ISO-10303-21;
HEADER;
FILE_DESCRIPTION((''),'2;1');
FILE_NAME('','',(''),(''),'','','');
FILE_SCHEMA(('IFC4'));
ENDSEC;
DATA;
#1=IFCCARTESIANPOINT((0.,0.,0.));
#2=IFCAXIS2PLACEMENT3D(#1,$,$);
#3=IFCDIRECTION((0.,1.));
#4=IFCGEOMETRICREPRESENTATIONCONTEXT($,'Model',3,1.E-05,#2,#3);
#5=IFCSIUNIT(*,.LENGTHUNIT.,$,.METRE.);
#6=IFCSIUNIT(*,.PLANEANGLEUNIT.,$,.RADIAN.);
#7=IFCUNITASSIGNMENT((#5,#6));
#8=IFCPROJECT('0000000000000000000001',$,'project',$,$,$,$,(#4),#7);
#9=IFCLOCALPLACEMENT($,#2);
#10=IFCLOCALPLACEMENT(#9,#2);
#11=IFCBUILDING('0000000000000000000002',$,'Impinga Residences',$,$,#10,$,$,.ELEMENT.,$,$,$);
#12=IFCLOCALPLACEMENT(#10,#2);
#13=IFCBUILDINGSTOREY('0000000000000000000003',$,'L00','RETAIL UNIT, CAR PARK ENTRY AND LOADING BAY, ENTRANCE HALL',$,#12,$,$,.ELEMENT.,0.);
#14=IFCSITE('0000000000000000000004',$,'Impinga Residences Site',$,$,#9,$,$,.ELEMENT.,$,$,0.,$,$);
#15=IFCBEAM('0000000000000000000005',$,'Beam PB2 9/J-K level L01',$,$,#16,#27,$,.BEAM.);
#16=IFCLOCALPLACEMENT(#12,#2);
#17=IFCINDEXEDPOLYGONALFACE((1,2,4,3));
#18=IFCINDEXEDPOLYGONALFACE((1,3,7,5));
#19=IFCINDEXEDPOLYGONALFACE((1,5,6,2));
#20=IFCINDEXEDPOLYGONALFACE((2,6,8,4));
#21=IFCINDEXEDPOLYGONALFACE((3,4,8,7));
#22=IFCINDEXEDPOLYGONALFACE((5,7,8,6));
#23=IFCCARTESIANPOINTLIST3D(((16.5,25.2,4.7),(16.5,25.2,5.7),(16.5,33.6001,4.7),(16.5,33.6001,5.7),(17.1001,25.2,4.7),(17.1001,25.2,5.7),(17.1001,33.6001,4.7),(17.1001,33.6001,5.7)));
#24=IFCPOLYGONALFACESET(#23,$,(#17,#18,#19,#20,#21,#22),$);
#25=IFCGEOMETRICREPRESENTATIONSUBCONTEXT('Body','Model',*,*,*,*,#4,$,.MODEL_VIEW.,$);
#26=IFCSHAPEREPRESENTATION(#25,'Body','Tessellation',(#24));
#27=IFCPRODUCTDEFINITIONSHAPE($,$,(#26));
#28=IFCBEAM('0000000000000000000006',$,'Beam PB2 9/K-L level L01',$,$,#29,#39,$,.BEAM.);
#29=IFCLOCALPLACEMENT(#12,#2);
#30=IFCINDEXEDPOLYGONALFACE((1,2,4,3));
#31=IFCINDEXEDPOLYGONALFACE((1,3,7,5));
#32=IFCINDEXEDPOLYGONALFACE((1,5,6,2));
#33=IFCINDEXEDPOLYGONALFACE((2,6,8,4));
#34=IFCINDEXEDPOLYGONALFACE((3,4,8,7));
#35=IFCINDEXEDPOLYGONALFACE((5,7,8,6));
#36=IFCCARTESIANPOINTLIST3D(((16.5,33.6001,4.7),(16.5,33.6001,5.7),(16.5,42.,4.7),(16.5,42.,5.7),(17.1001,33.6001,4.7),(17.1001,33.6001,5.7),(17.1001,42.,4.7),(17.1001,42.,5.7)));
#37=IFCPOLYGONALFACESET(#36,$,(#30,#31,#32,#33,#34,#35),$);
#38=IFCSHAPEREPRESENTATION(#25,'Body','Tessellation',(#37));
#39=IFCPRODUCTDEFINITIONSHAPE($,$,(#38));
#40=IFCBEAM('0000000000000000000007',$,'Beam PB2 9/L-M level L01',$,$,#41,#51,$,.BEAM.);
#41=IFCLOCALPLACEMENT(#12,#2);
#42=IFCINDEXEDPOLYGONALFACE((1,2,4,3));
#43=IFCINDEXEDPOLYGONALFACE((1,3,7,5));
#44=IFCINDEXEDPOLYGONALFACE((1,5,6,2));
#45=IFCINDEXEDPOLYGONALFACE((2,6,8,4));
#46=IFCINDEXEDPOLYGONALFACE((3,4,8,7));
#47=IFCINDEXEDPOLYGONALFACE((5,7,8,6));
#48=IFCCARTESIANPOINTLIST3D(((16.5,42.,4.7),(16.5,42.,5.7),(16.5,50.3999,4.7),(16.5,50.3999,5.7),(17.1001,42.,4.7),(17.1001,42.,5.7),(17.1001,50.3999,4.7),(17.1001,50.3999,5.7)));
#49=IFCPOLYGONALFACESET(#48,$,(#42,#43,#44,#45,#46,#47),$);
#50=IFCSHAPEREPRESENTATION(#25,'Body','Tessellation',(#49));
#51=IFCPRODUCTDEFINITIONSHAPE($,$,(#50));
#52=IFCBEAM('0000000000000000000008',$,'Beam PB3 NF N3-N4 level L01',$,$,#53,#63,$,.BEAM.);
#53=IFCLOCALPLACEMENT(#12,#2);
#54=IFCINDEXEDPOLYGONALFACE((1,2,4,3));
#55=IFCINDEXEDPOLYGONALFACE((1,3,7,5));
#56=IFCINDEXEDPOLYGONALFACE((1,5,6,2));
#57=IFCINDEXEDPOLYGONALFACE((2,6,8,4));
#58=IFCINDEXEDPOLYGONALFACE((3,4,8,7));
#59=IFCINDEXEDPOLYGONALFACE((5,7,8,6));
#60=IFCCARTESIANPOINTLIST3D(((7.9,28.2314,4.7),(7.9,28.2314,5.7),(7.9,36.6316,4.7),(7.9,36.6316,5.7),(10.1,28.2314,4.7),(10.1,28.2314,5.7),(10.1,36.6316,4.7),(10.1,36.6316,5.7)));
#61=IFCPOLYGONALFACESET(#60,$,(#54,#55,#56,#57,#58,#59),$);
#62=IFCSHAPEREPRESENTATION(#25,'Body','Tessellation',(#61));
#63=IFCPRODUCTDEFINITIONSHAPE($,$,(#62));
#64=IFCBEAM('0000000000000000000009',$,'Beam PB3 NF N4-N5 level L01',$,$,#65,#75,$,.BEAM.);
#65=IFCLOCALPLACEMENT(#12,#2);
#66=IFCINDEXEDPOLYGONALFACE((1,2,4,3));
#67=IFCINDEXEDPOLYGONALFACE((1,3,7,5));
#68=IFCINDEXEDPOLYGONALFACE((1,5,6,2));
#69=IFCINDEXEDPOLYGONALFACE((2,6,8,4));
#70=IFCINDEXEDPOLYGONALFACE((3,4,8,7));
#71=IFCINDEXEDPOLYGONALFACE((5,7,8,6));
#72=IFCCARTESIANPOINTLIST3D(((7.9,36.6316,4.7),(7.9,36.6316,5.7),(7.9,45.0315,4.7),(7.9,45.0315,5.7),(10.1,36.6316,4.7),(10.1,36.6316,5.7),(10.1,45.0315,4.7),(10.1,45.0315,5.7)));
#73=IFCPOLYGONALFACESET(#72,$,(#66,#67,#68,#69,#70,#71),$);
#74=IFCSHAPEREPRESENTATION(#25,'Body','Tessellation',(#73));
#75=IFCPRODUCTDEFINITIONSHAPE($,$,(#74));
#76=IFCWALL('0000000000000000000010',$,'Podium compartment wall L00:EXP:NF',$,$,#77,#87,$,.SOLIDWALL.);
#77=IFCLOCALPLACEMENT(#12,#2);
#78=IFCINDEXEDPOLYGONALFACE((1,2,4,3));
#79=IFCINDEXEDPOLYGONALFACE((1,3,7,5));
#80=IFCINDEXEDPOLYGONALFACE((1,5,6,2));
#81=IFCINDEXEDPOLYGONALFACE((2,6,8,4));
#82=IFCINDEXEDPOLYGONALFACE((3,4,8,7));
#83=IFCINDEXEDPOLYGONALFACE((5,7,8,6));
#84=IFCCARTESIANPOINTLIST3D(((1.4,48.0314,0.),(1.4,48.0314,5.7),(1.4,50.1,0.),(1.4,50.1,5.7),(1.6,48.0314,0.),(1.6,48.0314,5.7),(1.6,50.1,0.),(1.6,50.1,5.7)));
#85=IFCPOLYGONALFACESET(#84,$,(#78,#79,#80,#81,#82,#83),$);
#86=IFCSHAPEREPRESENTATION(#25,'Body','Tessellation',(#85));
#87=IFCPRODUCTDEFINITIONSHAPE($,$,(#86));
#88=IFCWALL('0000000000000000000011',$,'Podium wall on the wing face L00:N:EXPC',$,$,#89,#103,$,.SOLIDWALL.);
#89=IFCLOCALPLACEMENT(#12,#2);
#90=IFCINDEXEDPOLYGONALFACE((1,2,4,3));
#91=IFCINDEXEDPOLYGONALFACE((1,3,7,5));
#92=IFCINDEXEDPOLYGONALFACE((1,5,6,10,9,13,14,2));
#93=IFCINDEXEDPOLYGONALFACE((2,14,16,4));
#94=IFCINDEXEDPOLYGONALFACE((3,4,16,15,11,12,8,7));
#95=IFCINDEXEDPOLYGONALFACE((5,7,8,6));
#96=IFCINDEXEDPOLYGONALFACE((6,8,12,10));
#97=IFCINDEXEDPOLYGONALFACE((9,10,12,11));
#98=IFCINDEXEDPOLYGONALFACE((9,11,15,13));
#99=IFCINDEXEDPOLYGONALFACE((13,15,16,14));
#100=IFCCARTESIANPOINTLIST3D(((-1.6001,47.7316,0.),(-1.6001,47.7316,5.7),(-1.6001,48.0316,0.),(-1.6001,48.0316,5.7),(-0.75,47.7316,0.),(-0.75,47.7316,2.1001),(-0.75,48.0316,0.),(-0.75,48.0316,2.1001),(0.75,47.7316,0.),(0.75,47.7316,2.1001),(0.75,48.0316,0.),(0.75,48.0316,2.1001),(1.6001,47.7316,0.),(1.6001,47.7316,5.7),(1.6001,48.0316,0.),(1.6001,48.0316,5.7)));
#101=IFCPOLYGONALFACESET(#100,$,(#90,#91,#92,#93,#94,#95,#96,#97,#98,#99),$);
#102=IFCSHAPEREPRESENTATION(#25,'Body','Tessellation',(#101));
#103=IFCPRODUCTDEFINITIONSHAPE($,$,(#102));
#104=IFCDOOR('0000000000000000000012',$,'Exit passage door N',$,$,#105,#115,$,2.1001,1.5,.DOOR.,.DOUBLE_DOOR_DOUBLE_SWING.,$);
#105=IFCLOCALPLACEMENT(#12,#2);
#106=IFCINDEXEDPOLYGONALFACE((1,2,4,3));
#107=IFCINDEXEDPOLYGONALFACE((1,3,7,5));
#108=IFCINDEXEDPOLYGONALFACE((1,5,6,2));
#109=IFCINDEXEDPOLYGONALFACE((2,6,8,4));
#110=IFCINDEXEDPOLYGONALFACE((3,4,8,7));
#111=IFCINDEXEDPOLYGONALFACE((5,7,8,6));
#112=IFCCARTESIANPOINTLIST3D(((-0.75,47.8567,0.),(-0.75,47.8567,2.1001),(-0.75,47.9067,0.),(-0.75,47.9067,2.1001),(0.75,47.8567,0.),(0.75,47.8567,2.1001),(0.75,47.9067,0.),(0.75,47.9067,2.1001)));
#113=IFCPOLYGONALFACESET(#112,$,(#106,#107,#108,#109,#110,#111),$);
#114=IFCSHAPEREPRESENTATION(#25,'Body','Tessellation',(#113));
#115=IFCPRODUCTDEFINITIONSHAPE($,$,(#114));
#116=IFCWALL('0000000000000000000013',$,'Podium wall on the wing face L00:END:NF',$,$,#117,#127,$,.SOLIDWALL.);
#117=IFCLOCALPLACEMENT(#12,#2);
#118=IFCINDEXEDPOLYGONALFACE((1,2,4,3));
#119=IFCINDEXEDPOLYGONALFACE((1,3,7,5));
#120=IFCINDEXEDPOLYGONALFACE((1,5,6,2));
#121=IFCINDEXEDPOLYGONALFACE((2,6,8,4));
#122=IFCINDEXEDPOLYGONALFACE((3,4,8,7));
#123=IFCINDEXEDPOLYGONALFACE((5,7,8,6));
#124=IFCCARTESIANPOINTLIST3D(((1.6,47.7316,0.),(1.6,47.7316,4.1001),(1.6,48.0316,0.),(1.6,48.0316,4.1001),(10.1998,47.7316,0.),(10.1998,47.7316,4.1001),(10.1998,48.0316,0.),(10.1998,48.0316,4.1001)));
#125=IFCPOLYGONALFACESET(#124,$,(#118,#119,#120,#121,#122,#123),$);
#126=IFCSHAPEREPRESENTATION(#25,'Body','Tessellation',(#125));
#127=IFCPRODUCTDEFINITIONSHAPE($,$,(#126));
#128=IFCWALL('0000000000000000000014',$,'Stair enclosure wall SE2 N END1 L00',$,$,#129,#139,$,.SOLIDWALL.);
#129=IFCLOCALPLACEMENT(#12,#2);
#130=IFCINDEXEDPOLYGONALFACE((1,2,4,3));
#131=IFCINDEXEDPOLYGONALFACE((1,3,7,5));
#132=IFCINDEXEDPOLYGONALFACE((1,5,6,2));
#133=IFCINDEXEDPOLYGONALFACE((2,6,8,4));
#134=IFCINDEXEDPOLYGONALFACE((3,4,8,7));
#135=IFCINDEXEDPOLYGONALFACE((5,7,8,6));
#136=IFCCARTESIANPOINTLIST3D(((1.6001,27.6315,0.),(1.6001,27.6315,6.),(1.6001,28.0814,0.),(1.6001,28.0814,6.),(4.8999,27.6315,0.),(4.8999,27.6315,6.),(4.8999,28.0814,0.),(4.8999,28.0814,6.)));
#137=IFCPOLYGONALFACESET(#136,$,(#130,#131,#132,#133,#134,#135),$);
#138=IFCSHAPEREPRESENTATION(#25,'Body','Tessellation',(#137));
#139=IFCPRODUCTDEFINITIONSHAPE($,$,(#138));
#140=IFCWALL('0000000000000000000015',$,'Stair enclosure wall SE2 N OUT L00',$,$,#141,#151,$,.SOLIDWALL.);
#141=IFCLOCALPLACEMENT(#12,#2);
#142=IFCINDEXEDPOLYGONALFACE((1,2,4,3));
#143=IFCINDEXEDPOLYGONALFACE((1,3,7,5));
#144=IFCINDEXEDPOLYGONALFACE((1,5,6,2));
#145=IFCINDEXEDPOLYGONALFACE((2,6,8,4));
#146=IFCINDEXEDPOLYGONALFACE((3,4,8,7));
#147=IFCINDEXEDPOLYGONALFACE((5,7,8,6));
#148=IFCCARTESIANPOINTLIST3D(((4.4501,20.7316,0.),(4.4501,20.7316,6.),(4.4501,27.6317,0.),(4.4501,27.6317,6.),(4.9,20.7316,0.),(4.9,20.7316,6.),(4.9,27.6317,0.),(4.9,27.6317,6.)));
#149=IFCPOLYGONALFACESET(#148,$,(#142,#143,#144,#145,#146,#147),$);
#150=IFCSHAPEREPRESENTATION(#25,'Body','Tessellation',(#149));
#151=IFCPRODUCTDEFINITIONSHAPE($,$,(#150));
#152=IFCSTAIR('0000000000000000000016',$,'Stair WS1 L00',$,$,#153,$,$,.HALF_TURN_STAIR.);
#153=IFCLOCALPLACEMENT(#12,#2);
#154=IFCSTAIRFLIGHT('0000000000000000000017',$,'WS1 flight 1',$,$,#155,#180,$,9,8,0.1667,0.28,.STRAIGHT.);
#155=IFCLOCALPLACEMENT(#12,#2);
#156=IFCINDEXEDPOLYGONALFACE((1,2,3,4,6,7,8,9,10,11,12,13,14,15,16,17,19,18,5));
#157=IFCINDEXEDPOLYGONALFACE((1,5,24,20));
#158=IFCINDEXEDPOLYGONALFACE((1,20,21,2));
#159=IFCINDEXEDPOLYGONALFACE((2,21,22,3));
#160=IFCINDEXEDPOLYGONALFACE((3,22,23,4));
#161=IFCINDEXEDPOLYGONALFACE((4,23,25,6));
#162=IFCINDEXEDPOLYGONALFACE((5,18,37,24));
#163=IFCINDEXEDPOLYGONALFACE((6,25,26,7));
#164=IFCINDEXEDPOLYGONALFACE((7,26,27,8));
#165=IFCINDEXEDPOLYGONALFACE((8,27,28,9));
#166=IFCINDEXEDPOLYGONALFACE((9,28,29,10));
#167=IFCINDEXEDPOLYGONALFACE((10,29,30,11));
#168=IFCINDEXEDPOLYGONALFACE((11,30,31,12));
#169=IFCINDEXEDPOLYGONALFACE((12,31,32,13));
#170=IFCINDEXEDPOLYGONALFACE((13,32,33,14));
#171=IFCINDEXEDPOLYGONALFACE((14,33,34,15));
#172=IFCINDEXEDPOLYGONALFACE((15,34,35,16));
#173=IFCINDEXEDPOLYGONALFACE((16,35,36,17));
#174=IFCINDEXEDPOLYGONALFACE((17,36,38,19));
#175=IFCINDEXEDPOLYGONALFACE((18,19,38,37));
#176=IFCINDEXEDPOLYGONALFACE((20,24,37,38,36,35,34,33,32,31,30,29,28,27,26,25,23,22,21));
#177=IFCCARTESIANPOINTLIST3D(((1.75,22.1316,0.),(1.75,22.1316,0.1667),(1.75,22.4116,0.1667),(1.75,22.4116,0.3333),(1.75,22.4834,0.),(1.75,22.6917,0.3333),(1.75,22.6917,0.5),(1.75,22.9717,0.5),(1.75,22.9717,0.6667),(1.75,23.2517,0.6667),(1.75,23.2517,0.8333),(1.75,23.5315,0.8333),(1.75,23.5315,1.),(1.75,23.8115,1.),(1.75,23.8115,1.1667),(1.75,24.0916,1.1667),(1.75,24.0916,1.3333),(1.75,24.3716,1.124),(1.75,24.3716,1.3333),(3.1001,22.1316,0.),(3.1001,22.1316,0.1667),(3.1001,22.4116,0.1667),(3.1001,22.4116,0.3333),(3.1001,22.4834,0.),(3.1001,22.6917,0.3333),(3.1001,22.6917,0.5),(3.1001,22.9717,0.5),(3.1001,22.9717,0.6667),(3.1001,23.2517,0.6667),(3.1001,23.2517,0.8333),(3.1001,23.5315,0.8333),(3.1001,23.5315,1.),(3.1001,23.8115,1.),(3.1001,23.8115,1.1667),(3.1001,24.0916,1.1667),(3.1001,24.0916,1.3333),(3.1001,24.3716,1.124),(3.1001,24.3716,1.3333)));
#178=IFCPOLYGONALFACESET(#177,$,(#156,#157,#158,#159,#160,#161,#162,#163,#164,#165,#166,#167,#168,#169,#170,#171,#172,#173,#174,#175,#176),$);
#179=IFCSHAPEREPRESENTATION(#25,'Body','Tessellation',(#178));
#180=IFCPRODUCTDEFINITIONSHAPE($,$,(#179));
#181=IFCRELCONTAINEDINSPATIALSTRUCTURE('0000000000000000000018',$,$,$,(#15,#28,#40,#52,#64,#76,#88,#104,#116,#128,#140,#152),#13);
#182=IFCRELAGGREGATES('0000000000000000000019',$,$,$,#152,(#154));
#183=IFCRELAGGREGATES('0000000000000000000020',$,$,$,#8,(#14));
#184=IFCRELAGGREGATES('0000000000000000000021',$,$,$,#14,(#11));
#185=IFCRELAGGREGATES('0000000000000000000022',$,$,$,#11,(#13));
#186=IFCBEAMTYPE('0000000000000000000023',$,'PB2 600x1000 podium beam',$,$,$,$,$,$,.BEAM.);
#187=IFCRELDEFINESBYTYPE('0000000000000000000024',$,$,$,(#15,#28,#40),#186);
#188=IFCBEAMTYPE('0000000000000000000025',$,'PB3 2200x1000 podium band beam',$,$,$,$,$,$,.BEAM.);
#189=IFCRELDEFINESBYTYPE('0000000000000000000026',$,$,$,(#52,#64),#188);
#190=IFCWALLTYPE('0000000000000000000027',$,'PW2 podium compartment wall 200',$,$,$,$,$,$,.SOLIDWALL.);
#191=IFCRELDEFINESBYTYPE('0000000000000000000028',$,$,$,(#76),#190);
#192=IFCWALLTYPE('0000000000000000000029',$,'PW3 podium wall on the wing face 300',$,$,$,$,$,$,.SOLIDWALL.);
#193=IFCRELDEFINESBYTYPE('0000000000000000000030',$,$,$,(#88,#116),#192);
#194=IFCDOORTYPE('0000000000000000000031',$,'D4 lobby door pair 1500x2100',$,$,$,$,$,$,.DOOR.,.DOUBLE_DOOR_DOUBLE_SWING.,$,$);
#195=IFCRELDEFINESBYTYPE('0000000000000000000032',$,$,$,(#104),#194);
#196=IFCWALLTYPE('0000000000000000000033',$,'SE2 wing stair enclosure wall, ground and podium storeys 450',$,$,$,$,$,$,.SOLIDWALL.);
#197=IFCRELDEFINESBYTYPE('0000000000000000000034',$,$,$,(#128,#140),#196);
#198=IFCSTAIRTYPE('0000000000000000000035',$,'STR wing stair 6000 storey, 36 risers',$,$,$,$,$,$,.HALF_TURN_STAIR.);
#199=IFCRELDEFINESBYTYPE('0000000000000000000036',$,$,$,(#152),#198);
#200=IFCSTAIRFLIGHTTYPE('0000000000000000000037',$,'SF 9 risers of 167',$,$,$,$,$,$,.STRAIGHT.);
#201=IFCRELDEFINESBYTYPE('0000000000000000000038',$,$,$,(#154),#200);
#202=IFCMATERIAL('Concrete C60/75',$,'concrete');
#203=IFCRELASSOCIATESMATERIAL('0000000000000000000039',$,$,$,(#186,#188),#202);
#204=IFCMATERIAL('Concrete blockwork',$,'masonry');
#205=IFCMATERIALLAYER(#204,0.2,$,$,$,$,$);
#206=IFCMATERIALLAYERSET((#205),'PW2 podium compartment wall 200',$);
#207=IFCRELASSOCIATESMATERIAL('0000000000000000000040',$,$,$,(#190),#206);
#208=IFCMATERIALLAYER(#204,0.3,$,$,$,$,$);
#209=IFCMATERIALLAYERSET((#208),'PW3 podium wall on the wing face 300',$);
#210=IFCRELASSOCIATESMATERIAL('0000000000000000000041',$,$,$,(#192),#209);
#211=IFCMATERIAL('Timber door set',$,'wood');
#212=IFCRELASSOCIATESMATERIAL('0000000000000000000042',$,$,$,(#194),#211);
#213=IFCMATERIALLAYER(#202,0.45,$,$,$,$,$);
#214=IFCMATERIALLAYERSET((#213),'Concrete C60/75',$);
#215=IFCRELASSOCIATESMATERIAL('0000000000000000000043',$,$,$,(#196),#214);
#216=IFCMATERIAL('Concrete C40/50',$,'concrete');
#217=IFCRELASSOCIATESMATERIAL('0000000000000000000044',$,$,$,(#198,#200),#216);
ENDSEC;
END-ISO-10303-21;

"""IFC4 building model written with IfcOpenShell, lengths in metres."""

from ifc_helpers import new_model, si_unit, direction, frame, frame_2d, origin, origin_2d, place, context, subcontext, project, spatial, polyline, rectangle, outline, extrude, material, layer, layer_set, material_profile, profile_set, type_object, element, fill, aggregate, save


model = new_model("IFC4")

# Units and contexts
model_context = context("Model", 3, precision=1e-05, world=origin(), true_north=direction((0.0, 1.0)))
body_context = subcontext(model_context, "Body", "Model", "MODEL_VIEW")
ifc_project = project(units=[si_unit("LENGTHUNIT", "METRE"), si_unit("PLANEANGLEUNIT", "RADIAN")], contexts=[model_context])

# Site, building, storey
site_placement = place(None, origin())
site = spatial("IfcSite", under=ifc_project, at=site_placement, Name="Impinga Residences Site", CompositionType="ELEMENT", RefElevation=0.0)
building_placement = place(site_placement, origin())
building = spatial("IfcBuilding", under=site, at=building_placement, Name="Impinga Residences", CompositionType="ELEMENT")
storey_placement = place(building_placement, origin())
storey = spatial("IfcBuildingStorey", under=building, at=storey_placement, Name="L00", Description="RETAIL UNIT, CAR PARK ENTRY AND LOADING BAY, ENTRANCE HALL", CompositionType="ELEMENT", Elevation=0.0)

# Beams
ifc_material_1 = material(Name="Concrete C60/75", Category="concrete")
ifc_material_profile_1 = material_profile(ifc_material_1, rectangle(XDim=0.6001, YDim=1.0, at=origin_2d()), Name="RC 600x1000")
ifc_profile_set_1 = profile_set([ifc_material_profile_1], Name="Concrete C60/75")
beam_type_1 = type_object("IfcBeamType", Name="PB2 600x1000 podium beam", PredefinedType="BEAM", material=ifc_profile_set_1)
beam_1_placement = place(storey_placement, frame((16.8, 25.2, 5.2), z_axis=(0.0, 1.0, 0.0), x_axis=(-1.0, 0.0, 0.0)))
element("IfcBeam", 1, at=beam_1_placement, inside=storey, type_object=beam_type_1, Name="Beam PB2 9/J-K level L01", PredefinedType="BEAM", context=body_context, shape_type="SweptSolid", body=[
    extrude(rectangle(XDim=0.6001, YDim=1.0, at=origin_2d()), origin(), (0.0, 0.0, 1.0), 8.4001),
])
for number, where, z_axis, x_axis, name in (
    (2, (16.8, 33.6001, 5.2), (0.0, 1.0, 0.0), (-1.0, 0.0, 0.0), "Beam PB2 9/K-L level L01"),
    (3, (16.8, 42.0, 5.2), (0.0, 1.0, 0.0), (-1.0, 0.0, 0.0), "Beam PB2 9/L-M level L01"),
):
    element("IfcBeam", number, at=place(storey_placement, frame(where, z_axis=z_axis, x_axis=x_axis)), inside=storey, type_object=beam_type_1, Name=name, PredefinedType="BEAM", context=body_context, shape_type="SweptSolid", body=[
        extrude(rectangle(XDim=0.6001, YDim=1.0, at=origin_2d()), origin(), (0.0, 0.0, 1.0), 8.3999),
    ])
ifc_material_profile_2 = material_profile(ifc_material_1, rectangle(XDim=2.2, YDim=1.0, at=origin_2d()), Name="RC 2200x1000")
ifc_profile_set_2 = profile_set([ifc_material_profile_2], Name="Concrete C60/75")
beam_type_2 = type_object("IfcBeamType", Name="PB3 2200x1000 podium band beam", PredefinedType="BEAM", material=ifc_profile_set_2)
beam_2_placement = place(storey_placement, frame((9.0, 28.2314, 5.2), z_axis=(0.0, 1.0, 0.0), x_axis=(-1.0, 0.0, 0.0)))
element("IfcBeam", 4, at=beam_2_placement, inside=storey, type_object=beam_type_2, Name="Beam PB3 NF N3-N4 level L01", PredefinedType="BEAM", context=body_context, shape_type="SweptSolid", body=[
    extrude(rectangle(XDim=2.2, YDim=1.0, at=origin_2d()), origin(), (0.0, 0.0, 1.0), 8.4001),
])
beam_3_placement = place(storey_placement, frame((9.0, 36.6316, 5.2), z_axis=(0.0, 1.0, 0.0), x_axis=(-1.0, 0.0, 0.0)))
element("IfcBeam", 5, at=beam_3_placement, inside=storey, type_object=beam_type_2, Name="Beam PB3 NF N4-N5 level L01", PredefinedType="BEAM", context=body_context, shape_type="SweptSolid", body=[
    extrude(rectangle(XDim=2.2, YDim=1.0, at=origin_2d()), origin(), (0.0, 0.0, 1.0), 8.3999),
])

# Wall
ifc_material_2 = material(Name="Concrete blockwork", Category="masonry")
ifc_layer_1 = layer(ifc_material_2, 0.2)
ifc_layer_set_1 = layer_set([ifc_layer_1], Name="PW2 podium compartment wall 200")
wall_type_1 = type_object("IfcWallType", Name="PW2 podium compartment wall 200", PredefinedType="SOLIDWALL", material=ifc_layer_set_1)
wall_1_placement = place(storey_placement, frame((1.5, 48.0315, 0.0), z_axis=(0.0, 0.0, 1.0), x_axis=(0.0, 1.0, 0.0)))
element("IfcWall", 6, at=wall_1_placement, inside=storey, type_object=wall_type_1, Name="Podium compartment wall L00:EXP:NF", PredefinedType="SOLIDWALL", context=body_context, shape_type="SweptSolid", body=[
    extrude(rectangle(XDim=2.0686, YDim=0.2, at=frame_2d((1.0342, 0.0))), origin(), (0.0, 0.0, 1.0), 5.7),
])

# Wall, opening, door
ifc_layer_2 = layer(ifc_material_2, 0.3)
ifc_layer_set_2 = layer_set([ifc_layer_2], Name="PW3 podium wall on the wing face 300")
wall_type_2 = type_object("IfcWallType", Name="PW3 podium wall on the wing face 300", PredefinedType="SOLIDWALL", material=ifc_layer_set_2)
wall_2_placement = place(storey_placement, frame((1.6001, 47.8816, 0.0), z_axis=(0.0, 0.0, 1.0), x_axis=(-1.0, 0.0, 0.0)))
wall_2 = element("IfcWall", 7, at=wall_2_placement, inside=storey, type_object=wall_type_2, Name="Podium wall on the wing face L00:N:EXPC", PredefinedType="SOLIDWALL", context=body_context, shape_type="SweptSolid", body=[
    extrude(rectangle(XDim=3.2002, YDim=0.3, at=frame_2d((1.6001, 0.0))), origin(), (0.0, 0.0, 1.0), 5.7),
])
opening_placement = place(wall_2_placement, frame((0.8501, 0.0, 0.0)))
opening = element("IfcOpeningElement", 8, at=opening_placement, cuts=wall_2, PredefinedType="OPENING", context=body_context, shape_type="SweptSolid", body=[
    extrude(rectangle(XDim=1.5, YDim=2.1001, at=frame_2d((0.75, 1.05))), frame((0.0, 0.1599, 0.0), z_axis=(0.0, -1.0, 0.0), x_axis=(1.0, 0.0, 0.0)), (0.0, 0.0, 1.0), 0.3201),
])
ifc_material_3 = material(Name="Timber door set", Category="wood")
door_type = type_object("IfcDoorType", Name="D4 lobby door pair 1500x2100", OperationType="DOUBLE_DOOR_DOUBLE_SWING", PredefinedType="DOOR", material=ifc_material_3)
door_placement = place(opening_placement, origin())
door = element("IfcDoor", 9, at=door_placement, inside=storey, type_object=door_type, Name="Exit passage door N", OperationType="DOUBLE_DOOR_DOUBLE_SWING", OverallHeight=2.1001, OverallWidth=1.5, PredefinedType="DOOR", context=body_context, shape_type="SweptSolid", body=[
    extrude(rectangle(XDim=1.5, YDim=2.1001, at=frame_2d((0.75, 1.05))), frame((0.0, 0.0249, 0.0), z_axis=(0.0, -1.0, 0.0), x_axis=(1.0, 0.0, 0.0)), (0.0, 0.0, 1.0), 0.05),
])
fill(opening, door)

# Walls
wall_3_placement = place(storey_placement, frame((1.6001, 47.8816, 0.0), z_axis=(0.0, 0.0, 1.0), x_axis=(1.0, 0.0, 0.0)))
element("IfcWall", 10, at=wall_3_placement, inside=storey, type_object=wall_type_2, Name="Podium wall on the wing face L00:END:NF", PredefinedType="SOLIDWALL", context=body_context, shape_type="SweptSolid", body=[
    extrude(rectangle(XDim=8.5999, YDim=0.3, at=frame_2d((4.2998, 0.0))), origin(), (0.0, 0.0, 1.0), 4.1001),
])
ifc_layer_3 = layer(ifc_material_1, 0.45)
ifc_layer_set_3 = layer_set([ifc_layer_3], Name="Concrete C60/75")
wall_type_3 = type_object("IfcWallType", Name="SE2 wing stair enclosure wall, ground and podium storeys 450", PredefinedType="SOLIDWALL", material=ifc_layer_set_3)
wall_4_placement = place(storey_placement, frame((1.6001, 27.8564, 0.0), z_axis=(0.0, 0.0, 1.0), x_axis=(1.0, 0.0, 0.0)))
element("IfcWall", 11, at=wall_4_placement, inside=storey, type_object=wall_type_3, Name="Stair enclosure wall SE2 N END1 L00", PredefinedType="SOLIDWALL", context=body_context, shape_type="SweptSolid", body=[
    extrude(rectangle(XDim=3.2998, YDim=0.45, at=frame_2d((1.6499, 0.0))), origin(), (0.0, 0.0, 1.0), 6.0),
])
wall_5_placement = place(storey_placement, frame((4.675, 20.7314, 0.0), z_axis=(0.0, 0.0, 1.0), x_axis=(0.0, 1.0, 0.0)))
element("IfcWall", 12, at=wall_5_placement, inside=storey, type_object=wall_type_3, Name="Stair enclosure wall SE2 N OUT L00", PredefinedType="SOLIDWALL", context=body_context, shape_type="SweptSolid", body=[
    extrude(rectangle(XDim=6.9001, YDim=0.45, at=frame_2d((3.4502, 0.0))), origin(), (0.0, 0.0, 1.0), 6.0),
])

# Stair, stair flight
ifc_material_4 = material(Name="Concrete C40/50", Category="concrete")
stair_type = type_object("IfcStairType", Name="STR wing stair 6000 storey, 36 risers", PredefinedType="HALF_TURN_STAIR", material=ifc_material_4)
stair_placement = place(storey_placement, origin())
stair = element("IfcStair", 13, at=stair_placement, inside=storey, type_object=stair_type, Name="Stair WS1 L00", PredefinedType="HALF_TURN_STAIR")
stair_flight_type = type_object("IfcStairFlightType", Name="SF 9 risers of 167", PredefinedType="STRAIGHT", material=ifc_material_4)
stair_flight_1_placement = place(storey_placement, frame((2.425, 22.1316, 0.0), z_axis=(0.0, 0.0, 1.0), x_axis=(0.0, 1.0, 0.0)))
stair_flight_1 = element("IfcStairFlight", 14, at=stair_flight_1_placement, type_object=stair_flight_type, Name="WS1 flight 1", NumberOfRisers=9, NumberOfTreads=8, PredefinedType="STRAIGHT", RiserHeight=0.1667, TreadLength=0.28, context=body_context, shape_type="SweptSolid", body=[
    extrude(outline(polyline([(0.0, 0.0), (0.0, 0.1667), (0.28, 0.1667), (0.28, 0.3333), (0.5601, 0.3333), (0.5601, 0.5), (0.8401, 0.5), (0.8401, 0.6667), (1.1201, 0.6667), (1.1201, 0.8333), (1.3999, 0.8333), (1.3999, 1.0), (1.6799, 1.0), (1.6799, 1.1667), (1.96, 1.1667), (1.96, 1.3333), (2.24, 1.3333), (2.24, 1.5), (2.24, 1.124), (0.3518, 0.0), (0.0, 0.0)])), frame((0.0, 0.675, 0.0), z_axis=(0.0, -1.0, 0.0), x_axis=(1.0, 0.0, 0.0)), (0.0, 0.0, 1.0), 1.3501),
])
aggregate(stair, [stair_flight_1])

save(model, "model.ifc")
